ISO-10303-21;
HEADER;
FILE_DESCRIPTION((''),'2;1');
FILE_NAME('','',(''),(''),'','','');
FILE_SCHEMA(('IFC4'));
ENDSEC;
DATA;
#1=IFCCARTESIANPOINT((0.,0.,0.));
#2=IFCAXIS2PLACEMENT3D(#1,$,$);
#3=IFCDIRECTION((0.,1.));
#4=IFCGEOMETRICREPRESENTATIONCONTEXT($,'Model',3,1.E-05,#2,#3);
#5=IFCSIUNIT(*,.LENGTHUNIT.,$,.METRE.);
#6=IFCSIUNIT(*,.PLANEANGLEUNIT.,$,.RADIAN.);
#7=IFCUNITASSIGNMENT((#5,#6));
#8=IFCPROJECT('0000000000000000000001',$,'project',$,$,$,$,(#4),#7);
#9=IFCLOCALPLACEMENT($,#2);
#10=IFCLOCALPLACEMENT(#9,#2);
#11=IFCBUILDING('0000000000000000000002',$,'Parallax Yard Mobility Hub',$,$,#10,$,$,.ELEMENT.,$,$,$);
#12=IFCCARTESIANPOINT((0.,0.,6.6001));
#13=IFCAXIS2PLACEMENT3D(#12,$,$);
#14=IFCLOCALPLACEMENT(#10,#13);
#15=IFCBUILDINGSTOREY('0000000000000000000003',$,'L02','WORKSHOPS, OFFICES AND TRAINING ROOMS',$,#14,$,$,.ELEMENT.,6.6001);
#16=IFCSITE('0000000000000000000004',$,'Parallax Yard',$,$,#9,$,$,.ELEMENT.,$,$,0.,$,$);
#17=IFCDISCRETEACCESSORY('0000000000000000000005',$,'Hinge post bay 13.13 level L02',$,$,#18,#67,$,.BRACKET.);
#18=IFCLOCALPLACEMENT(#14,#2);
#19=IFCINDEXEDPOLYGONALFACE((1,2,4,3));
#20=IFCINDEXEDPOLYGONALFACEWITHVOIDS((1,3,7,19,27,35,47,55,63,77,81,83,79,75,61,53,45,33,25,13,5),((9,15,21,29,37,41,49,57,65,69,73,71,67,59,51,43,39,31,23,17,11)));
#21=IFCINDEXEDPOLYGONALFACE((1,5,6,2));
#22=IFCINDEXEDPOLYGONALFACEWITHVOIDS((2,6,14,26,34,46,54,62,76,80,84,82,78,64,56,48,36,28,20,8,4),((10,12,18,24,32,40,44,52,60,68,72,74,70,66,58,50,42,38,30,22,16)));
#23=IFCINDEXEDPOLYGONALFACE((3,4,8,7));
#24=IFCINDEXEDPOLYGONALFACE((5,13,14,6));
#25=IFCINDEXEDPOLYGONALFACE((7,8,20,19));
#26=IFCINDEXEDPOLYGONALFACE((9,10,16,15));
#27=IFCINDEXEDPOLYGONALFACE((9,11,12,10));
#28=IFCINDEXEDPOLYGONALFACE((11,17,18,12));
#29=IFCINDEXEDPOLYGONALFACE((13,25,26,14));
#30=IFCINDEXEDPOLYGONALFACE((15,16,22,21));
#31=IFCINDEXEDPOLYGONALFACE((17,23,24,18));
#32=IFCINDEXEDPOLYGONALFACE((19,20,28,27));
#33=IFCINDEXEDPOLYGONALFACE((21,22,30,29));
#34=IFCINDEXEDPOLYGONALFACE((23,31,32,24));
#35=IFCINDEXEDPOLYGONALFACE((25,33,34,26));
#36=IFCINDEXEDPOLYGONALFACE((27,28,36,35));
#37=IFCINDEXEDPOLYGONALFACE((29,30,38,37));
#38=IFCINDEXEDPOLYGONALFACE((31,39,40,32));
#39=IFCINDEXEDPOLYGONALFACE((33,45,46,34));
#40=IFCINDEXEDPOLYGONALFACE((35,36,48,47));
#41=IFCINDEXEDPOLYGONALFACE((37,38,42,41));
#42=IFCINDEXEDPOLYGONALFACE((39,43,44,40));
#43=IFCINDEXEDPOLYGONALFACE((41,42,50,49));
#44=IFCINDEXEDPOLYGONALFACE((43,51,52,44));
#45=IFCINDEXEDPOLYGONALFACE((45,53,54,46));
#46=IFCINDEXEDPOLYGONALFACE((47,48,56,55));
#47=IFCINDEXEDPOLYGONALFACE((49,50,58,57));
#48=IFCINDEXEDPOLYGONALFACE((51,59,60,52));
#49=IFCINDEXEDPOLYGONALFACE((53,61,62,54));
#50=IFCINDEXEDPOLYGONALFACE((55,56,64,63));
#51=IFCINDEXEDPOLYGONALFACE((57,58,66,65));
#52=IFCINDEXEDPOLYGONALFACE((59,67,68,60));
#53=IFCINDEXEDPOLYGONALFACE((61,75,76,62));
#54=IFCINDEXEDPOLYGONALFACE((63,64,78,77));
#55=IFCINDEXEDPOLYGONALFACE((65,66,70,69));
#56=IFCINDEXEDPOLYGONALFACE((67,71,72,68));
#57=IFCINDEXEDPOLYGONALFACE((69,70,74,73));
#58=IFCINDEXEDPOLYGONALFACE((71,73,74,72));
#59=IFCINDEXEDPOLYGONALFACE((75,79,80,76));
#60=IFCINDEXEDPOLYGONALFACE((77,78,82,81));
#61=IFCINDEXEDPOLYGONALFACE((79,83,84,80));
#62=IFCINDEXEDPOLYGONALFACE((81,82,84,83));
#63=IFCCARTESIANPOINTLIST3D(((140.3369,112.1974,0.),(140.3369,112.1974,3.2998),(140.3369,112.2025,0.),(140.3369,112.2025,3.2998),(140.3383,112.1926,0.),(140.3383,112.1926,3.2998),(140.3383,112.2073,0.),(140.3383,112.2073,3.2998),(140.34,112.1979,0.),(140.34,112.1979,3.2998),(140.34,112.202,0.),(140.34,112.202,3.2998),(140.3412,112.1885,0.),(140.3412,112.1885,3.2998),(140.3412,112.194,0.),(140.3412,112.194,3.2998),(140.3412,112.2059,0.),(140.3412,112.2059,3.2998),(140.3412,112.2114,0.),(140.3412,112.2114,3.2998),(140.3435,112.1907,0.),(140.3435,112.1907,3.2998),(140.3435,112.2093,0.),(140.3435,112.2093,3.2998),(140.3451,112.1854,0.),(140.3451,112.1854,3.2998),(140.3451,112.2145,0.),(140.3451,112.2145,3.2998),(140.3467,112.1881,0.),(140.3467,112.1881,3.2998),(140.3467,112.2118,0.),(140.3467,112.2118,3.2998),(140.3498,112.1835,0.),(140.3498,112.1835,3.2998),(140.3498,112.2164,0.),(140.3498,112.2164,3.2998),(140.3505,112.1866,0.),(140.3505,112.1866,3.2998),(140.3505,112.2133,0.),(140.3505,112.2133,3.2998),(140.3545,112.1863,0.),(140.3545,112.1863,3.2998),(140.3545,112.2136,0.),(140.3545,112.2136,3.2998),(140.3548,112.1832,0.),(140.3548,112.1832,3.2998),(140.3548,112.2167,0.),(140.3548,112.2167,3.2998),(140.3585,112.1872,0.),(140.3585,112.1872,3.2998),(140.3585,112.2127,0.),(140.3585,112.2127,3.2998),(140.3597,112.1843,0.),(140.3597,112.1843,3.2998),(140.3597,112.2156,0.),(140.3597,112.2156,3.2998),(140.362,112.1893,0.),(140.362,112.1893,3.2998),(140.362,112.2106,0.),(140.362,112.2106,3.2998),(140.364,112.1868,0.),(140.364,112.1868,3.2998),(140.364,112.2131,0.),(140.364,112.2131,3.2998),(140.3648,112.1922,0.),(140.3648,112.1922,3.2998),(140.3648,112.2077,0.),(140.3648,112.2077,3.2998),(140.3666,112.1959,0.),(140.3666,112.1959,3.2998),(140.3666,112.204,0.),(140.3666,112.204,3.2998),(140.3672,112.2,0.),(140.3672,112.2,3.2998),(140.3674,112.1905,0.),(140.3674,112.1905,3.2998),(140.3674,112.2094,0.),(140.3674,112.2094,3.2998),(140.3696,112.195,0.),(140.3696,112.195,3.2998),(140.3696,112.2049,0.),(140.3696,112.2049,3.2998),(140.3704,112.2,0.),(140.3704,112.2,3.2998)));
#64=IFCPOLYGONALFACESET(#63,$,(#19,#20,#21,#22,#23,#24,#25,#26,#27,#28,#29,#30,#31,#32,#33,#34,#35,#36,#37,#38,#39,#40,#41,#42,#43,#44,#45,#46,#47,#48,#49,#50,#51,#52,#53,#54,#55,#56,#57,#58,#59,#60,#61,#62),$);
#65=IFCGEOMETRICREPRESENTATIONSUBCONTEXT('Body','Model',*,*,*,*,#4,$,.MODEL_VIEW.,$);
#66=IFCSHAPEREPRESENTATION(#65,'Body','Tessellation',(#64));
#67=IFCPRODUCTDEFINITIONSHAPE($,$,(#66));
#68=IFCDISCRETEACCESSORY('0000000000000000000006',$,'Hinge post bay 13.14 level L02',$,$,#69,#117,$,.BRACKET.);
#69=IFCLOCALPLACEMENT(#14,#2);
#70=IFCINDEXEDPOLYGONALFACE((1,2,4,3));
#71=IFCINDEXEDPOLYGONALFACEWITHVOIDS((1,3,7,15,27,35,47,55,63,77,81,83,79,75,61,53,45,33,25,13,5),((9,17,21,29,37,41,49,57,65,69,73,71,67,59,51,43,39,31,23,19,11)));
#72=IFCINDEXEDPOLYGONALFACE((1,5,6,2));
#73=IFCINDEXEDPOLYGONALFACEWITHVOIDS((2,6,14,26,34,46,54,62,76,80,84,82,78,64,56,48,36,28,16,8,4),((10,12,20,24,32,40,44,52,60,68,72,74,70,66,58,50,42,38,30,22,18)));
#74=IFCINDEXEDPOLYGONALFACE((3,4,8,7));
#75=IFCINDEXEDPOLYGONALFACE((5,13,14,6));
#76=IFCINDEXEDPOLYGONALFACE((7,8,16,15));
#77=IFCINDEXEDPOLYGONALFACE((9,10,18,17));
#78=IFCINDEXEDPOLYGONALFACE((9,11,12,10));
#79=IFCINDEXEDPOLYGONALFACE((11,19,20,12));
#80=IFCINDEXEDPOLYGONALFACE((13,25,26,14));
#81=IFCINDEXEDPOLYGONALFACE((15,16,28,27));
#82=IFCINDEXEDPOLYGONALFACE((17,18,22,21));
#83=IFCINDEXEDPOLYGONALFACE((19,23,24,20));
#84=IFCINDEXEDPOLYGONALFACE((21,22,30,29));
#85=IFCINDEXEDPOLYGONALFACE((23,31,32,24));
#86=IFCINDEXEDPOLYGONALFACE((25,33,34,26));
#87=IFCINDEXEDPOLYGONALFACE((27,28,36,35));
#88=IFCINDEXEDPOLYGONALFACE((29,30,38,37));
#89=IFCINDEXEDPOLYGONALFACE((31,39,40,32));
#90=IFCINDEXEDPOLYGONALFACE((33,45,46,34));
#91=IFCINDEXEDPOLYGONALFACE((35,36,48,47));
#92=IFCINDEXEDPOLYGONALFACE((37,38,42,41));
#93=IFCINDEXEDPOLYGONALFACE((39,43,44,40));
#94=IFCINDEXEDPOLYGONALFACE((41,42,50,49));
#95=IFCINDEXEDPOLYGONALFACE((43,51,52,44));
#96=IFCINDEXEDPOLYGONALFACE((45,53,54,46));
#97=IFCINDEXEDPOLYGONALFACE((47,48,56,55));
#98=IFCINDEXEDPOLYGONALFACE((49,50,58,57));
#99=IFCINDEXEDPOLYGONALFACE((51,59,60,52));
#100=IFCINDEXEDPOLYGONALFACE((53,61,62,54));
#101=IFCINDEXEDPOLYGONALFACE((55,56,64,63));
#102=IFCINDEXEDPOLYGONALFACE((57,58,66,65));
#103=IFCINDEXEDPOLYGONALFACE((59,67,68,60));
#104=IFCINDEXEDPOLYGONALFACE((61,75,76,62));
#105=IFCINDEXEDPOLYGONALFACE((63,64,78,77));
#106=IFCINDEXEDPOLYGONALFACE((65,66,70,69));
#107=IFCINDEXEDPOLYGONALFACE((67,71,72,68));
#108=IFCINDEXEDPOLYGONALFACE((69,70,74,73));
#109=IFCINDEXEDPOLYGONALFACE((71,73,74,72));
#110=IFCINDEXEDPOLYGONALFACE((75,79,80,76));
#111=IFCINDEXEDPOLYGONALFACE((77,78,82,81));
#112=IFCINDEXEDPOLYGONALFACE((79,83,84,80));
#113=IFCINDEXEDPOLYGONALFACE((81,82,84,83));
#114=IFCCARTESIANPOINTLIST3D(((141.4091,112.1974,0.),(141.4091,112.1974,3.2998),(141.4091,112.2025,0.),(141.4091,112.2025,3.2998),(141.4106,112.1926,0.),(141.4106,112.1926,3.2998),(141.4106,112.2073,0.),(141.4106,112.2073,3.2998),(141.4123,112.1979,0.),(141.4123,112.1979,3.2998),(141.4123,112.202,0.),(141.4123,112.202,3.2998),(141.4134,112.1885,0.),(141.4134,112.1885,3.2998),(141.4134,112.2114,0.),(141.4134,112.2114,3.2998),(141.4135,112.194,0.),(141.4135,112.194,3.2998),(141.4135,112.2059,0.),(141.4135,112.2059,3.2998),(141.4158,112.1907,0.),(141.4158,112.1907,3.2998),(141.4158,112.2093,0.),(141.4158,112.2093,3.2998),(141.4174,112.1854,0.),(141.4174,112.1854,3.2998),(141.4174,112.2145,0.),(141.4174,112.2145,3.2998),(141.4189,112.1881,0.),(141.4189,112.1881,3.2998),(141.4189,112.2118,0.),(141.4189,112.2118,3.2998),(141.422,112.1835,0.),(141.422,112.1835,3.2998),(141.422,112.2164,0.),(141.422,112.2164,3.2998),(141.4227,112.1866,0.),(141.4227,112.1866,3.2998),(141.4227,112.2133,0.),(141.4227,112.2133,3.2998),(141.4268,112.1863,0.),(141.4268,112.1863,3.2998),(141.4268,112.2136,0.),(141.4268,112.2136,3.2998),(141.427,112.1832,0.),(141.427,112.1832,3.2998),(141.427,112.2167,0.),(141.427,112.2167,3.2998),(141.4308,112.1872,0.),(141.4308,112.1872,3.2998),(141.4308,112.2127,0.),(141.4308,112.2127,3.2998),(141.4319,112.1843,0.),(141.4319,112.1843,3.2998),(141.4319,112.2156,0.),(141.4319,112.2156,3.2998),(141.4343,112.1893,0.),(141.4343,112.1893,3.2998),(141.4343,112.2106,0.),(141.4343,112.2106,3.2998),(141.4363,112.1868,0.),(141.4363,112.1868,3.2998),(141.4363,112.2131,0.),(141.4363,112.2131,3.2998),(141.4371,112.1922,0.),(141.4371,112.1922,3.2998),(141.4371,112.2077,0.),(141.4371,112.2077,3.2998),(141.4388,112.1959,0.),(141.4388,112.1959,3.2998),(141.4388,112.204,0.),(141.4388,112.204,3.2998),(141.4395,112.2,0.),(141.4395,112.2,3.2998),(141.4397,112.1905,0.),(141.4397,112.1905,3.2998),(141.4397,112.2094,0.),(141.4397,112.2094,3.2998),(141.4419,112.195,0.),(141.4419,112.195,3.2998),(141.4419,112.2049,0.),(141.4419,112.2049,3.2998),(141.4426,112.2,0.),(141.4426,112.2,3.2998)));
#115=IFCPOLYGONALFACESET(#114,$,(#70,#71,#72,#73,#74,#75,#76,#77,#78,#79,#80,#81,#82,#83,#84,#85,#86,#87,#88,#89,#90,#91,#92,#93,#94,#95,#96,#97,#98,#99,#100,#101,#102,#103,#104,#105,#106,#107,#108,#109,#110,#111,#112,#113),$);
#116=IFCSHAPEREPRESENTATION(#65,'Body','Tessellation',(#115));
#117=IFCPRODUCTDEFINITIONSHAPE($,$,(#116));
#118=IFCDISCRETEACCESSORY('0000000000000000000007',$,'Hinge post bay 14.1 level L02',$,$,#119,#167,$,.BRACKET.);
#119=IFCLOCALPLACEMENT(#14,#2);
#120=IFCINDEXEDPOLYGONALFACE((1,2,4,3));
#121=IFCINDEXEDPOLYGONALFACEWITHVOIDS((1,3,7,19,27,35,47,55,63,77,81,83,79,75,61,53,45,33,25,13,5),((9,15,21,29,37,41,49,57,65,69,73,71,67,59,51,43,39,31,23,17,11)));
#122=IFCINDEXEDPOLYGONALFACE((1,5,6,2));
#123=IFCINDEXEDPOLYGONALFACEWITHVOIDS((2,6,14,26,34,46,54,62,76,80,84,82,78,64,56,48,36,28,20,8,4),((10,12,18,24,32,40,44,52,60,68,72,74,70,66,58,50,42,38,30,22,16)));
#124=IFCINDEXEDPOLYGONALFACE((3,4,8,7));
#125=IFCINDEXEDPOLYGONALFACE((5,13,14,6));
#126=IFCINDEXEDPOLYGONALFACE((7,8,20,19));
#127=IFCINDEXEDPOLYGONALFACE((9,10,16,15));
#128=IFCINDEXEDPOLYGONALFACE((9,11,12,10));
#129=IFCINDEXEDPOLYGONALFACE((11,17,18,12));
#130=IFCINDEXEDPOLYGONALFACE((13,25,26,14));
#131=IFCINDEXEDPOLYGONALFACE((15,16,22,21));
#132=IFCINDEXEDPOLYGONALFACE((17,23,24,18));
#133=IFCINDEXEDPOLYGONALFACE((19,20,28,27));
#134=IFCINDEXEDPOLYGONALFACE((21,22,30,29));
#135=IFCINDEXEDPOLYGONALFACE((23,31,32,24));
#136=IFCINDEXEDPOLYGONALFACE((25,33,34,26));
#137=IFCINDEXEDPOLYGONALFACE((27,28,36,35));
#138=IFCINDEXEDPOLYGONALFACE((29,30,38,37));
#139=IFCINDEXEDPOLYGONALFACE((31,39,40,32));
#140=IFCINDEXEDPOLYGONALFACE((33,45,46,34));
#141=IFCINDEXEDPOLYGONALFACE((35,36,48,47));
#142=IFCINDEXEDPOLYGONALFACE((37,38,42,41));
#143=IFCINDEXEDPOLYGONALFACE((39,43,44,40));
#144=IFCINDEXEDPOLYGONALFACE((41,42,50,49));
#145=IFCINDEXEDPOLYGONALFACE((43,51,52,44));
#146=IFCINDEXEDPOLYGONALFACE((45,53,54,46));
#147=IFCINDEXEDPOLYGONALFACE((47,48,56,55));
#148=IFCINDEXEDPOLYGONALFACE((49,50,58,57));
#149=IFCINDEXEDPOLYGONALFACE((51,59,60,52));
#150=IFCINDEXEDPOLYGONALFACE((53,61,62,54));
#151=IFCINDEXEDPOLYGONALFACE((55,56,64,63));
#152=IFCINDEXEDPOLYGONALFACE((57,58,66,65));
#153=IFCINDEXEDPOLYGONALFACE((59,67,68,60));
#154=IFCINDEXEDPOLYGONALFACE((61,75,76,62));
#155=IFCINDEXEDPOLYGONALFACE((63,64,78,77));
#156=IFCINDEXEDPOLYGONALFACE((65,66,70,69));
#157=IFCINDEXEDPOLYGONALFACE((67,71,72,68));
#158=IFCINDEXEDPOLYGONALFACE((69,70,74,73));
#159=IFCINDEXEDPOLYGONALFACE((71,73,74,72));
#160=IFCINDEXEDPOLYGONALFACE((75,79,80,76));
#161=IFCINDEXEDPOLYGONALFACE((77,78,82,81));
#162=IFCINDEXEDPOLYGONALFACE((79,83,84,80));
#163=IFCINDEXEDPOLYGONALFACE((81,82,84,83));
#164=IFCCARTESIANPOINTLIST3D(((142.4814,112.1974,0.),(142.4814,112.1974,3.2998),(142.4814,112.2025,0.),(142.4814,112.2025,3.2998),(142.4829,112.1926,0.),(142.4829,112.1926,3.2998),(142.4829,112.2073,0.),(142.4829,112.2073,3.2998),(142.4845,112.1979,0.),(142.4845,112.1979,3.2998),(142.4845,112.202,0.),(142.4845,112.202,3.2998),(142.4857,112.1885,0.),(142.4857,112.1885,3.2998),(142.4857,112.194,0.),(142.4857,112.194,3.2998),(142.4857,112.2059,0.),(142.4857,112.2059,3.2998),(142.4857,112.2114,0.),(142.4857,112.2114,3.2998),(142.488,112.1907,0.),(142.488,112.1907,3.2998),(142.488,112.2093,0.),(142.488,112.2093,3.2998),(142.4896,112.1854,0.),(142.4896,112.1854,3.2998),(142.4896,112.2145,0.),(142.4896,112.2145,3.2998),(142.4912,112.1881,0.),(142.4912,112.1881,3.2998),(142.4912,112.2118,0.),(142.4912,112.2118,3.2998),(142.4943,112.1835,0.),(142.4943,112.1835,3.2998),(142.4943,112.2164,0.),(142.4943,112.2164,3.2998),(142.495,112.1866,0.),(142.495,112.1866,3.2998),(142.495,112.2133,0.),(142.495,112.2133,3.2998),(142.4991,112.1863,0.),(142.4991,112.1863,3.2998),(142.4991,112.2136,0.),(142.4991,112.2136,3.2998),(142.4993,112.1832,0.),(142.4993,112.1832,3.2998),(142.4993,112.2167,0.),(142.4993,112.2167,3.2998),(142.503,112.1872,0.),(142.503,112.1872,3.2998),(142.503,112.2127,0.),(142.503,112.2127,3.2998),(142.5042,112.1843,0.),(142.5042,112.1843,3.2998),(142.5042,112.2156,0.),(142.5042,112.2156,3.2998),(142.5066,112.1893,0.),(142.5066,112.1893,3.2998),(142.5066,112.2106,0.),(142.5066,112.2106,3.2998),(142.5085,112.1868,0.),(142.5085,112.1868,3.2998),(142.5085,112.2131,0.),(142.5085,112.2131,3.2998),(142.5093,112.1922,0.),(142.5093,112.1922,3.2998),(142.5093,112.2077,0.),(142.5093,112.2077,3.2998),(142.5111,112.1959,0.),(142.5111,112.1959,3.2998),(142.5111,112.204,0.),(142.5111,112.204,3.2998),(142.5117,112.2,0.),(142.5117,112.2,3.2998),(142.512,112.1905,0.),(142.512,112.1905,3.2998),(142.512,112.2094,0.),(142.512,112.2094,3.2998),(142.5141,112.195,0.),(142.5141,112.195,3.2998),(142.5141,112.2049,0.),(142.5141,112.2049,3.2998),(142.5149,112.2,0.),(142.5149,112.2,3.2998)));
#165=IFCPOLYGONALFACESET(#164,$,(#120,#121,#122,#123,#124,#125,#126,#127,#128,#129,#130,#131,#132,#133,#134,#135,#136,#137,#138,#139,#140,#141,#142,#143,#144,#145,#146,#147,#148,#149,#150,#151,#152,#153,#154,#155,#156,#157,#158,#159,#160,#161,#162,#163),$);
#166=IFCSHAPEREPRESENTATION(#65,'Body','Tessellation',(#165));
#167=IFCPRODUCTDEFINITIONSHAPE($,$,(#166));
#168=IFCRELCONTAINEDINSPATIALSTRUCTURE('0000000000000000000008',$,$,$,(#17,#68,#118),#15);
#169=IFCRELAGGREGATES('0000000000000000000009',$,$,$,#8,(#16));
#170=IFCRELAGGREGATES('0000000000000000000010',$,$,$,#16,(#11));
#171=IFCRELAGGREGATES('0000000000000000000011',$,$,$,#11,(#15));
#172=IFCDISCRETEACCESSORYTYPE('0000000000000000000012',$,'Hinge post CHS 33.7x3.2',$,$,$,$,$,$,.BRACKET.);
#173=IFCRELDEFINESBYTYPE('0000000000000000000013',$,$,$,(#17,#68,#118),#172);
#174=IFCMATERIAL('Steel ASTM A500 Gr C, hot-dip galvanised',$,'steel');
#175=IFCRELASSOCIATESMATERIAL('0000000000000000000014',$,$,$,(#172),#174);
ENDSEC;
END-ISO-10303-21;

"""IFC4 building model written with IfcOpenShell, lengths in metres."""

from ifc_helpers import new_model, si_unit, direction, frame, origin, origin_2d, place, context, subcontext, project, spatial, hollow_circle, extrude, material, material_profile, profile_set, type_object, element, save


model = new_model("IFC4")

# Units and contexts
model_context = context("Model", 3, precision=1e-05, world=origin(), true_north=direction((0.0, 1.0)))
body_context = subcontext(model_context, "Body", "Model", "MODEL_VIEW")
ifc_project = project(units=[si_unit("LENGTHUNIT", "METRE"), si_unit("PLANEANGLEUNIT", "RADIAN")], contexts=[model_context])

# Site, building, storey
site_placement = place(None, origin())
site = spatial("IfcSite", under=ifc_project, at=site_placement, Name="Parallax Yard", CompositionType="ELEMENT", RefElevation=0.0)
building_placement = place(site_placement, origin())
building = spatial("IfcBuilding", under=site, at=building_placement, Name="Parallax Yard Mobility Hub", CompositionType="ELEMENT")
storey_placement = place(building_placement, frame((0.0, 0.0, 6.6001)))
storey = spatial("IfcBuildingStorey", under=building, at=storey_placement, Name="L02", Description="WORKSHOPS, OFFICES AND TRAINING ROOMS", CompositionType="ELEMENT", Elevation=6.6001)

# Discrete accessories
ifc_material_1 = material(Name="Steel ASTM A500 Gr C, hot-dip galvanised", Category="steel")
ifc_material_profile_1 = material_profile(ifc_material_1, hollow_circle(Radius=0.0168, WallThickness=0.0032, at=origin_2d()), Name="CHS 33.7x3.2")
ifc_profile_set_1 = profile_set([ifc_material_profile_1], Name="Steel ASTM A500 Gr C, hot-dip galvanised")
discrete_accessory_type_1 = type_object("IfcDiscreteAccessoryType", Name="Hinge post CHS 33.7x3.2", PredefinedType="BRACKET", material=ifc_profile_set_1)
for number, where, z_axis, x_axis, name in (
    (1, (140.3535, 112.2, 0.0), (0.0, 0.0, 1.0), (1.0, 0.0, 0.0), "Hinge post bay 13.13 level L02"),
    (2, (141.4258, 112.2, 0.0), (0.0, 0.0, 1.0), (1.0, 0.0, 0.0), "Hinge post bay 13.14 level L02"),
    (3, (142.498, 112.2, 0.0), (0.0, 0.0, 1.0), (1.0, 0.0, 0.0), "Hinge post bay 14.1 level L02"),
):
    element("IfcDiscreteAccessory", number, at=place(storey_placement, frame(where, z_axis=z_axis, x_axis=x_axis)), inside=storey, type_object=discrete_accessory_type_1, Name=name, PredefinedType="BRACKET", context=body_context, shape_type="SweptSolid", body=[
        extrude(hollow_circle(Radius=0.0168, WallThickness=0.0032, at=origin_2d()), origin(), (0.0, 0.0, 1.0), 3.2998),
    ])

save(model, "model.ifc")
